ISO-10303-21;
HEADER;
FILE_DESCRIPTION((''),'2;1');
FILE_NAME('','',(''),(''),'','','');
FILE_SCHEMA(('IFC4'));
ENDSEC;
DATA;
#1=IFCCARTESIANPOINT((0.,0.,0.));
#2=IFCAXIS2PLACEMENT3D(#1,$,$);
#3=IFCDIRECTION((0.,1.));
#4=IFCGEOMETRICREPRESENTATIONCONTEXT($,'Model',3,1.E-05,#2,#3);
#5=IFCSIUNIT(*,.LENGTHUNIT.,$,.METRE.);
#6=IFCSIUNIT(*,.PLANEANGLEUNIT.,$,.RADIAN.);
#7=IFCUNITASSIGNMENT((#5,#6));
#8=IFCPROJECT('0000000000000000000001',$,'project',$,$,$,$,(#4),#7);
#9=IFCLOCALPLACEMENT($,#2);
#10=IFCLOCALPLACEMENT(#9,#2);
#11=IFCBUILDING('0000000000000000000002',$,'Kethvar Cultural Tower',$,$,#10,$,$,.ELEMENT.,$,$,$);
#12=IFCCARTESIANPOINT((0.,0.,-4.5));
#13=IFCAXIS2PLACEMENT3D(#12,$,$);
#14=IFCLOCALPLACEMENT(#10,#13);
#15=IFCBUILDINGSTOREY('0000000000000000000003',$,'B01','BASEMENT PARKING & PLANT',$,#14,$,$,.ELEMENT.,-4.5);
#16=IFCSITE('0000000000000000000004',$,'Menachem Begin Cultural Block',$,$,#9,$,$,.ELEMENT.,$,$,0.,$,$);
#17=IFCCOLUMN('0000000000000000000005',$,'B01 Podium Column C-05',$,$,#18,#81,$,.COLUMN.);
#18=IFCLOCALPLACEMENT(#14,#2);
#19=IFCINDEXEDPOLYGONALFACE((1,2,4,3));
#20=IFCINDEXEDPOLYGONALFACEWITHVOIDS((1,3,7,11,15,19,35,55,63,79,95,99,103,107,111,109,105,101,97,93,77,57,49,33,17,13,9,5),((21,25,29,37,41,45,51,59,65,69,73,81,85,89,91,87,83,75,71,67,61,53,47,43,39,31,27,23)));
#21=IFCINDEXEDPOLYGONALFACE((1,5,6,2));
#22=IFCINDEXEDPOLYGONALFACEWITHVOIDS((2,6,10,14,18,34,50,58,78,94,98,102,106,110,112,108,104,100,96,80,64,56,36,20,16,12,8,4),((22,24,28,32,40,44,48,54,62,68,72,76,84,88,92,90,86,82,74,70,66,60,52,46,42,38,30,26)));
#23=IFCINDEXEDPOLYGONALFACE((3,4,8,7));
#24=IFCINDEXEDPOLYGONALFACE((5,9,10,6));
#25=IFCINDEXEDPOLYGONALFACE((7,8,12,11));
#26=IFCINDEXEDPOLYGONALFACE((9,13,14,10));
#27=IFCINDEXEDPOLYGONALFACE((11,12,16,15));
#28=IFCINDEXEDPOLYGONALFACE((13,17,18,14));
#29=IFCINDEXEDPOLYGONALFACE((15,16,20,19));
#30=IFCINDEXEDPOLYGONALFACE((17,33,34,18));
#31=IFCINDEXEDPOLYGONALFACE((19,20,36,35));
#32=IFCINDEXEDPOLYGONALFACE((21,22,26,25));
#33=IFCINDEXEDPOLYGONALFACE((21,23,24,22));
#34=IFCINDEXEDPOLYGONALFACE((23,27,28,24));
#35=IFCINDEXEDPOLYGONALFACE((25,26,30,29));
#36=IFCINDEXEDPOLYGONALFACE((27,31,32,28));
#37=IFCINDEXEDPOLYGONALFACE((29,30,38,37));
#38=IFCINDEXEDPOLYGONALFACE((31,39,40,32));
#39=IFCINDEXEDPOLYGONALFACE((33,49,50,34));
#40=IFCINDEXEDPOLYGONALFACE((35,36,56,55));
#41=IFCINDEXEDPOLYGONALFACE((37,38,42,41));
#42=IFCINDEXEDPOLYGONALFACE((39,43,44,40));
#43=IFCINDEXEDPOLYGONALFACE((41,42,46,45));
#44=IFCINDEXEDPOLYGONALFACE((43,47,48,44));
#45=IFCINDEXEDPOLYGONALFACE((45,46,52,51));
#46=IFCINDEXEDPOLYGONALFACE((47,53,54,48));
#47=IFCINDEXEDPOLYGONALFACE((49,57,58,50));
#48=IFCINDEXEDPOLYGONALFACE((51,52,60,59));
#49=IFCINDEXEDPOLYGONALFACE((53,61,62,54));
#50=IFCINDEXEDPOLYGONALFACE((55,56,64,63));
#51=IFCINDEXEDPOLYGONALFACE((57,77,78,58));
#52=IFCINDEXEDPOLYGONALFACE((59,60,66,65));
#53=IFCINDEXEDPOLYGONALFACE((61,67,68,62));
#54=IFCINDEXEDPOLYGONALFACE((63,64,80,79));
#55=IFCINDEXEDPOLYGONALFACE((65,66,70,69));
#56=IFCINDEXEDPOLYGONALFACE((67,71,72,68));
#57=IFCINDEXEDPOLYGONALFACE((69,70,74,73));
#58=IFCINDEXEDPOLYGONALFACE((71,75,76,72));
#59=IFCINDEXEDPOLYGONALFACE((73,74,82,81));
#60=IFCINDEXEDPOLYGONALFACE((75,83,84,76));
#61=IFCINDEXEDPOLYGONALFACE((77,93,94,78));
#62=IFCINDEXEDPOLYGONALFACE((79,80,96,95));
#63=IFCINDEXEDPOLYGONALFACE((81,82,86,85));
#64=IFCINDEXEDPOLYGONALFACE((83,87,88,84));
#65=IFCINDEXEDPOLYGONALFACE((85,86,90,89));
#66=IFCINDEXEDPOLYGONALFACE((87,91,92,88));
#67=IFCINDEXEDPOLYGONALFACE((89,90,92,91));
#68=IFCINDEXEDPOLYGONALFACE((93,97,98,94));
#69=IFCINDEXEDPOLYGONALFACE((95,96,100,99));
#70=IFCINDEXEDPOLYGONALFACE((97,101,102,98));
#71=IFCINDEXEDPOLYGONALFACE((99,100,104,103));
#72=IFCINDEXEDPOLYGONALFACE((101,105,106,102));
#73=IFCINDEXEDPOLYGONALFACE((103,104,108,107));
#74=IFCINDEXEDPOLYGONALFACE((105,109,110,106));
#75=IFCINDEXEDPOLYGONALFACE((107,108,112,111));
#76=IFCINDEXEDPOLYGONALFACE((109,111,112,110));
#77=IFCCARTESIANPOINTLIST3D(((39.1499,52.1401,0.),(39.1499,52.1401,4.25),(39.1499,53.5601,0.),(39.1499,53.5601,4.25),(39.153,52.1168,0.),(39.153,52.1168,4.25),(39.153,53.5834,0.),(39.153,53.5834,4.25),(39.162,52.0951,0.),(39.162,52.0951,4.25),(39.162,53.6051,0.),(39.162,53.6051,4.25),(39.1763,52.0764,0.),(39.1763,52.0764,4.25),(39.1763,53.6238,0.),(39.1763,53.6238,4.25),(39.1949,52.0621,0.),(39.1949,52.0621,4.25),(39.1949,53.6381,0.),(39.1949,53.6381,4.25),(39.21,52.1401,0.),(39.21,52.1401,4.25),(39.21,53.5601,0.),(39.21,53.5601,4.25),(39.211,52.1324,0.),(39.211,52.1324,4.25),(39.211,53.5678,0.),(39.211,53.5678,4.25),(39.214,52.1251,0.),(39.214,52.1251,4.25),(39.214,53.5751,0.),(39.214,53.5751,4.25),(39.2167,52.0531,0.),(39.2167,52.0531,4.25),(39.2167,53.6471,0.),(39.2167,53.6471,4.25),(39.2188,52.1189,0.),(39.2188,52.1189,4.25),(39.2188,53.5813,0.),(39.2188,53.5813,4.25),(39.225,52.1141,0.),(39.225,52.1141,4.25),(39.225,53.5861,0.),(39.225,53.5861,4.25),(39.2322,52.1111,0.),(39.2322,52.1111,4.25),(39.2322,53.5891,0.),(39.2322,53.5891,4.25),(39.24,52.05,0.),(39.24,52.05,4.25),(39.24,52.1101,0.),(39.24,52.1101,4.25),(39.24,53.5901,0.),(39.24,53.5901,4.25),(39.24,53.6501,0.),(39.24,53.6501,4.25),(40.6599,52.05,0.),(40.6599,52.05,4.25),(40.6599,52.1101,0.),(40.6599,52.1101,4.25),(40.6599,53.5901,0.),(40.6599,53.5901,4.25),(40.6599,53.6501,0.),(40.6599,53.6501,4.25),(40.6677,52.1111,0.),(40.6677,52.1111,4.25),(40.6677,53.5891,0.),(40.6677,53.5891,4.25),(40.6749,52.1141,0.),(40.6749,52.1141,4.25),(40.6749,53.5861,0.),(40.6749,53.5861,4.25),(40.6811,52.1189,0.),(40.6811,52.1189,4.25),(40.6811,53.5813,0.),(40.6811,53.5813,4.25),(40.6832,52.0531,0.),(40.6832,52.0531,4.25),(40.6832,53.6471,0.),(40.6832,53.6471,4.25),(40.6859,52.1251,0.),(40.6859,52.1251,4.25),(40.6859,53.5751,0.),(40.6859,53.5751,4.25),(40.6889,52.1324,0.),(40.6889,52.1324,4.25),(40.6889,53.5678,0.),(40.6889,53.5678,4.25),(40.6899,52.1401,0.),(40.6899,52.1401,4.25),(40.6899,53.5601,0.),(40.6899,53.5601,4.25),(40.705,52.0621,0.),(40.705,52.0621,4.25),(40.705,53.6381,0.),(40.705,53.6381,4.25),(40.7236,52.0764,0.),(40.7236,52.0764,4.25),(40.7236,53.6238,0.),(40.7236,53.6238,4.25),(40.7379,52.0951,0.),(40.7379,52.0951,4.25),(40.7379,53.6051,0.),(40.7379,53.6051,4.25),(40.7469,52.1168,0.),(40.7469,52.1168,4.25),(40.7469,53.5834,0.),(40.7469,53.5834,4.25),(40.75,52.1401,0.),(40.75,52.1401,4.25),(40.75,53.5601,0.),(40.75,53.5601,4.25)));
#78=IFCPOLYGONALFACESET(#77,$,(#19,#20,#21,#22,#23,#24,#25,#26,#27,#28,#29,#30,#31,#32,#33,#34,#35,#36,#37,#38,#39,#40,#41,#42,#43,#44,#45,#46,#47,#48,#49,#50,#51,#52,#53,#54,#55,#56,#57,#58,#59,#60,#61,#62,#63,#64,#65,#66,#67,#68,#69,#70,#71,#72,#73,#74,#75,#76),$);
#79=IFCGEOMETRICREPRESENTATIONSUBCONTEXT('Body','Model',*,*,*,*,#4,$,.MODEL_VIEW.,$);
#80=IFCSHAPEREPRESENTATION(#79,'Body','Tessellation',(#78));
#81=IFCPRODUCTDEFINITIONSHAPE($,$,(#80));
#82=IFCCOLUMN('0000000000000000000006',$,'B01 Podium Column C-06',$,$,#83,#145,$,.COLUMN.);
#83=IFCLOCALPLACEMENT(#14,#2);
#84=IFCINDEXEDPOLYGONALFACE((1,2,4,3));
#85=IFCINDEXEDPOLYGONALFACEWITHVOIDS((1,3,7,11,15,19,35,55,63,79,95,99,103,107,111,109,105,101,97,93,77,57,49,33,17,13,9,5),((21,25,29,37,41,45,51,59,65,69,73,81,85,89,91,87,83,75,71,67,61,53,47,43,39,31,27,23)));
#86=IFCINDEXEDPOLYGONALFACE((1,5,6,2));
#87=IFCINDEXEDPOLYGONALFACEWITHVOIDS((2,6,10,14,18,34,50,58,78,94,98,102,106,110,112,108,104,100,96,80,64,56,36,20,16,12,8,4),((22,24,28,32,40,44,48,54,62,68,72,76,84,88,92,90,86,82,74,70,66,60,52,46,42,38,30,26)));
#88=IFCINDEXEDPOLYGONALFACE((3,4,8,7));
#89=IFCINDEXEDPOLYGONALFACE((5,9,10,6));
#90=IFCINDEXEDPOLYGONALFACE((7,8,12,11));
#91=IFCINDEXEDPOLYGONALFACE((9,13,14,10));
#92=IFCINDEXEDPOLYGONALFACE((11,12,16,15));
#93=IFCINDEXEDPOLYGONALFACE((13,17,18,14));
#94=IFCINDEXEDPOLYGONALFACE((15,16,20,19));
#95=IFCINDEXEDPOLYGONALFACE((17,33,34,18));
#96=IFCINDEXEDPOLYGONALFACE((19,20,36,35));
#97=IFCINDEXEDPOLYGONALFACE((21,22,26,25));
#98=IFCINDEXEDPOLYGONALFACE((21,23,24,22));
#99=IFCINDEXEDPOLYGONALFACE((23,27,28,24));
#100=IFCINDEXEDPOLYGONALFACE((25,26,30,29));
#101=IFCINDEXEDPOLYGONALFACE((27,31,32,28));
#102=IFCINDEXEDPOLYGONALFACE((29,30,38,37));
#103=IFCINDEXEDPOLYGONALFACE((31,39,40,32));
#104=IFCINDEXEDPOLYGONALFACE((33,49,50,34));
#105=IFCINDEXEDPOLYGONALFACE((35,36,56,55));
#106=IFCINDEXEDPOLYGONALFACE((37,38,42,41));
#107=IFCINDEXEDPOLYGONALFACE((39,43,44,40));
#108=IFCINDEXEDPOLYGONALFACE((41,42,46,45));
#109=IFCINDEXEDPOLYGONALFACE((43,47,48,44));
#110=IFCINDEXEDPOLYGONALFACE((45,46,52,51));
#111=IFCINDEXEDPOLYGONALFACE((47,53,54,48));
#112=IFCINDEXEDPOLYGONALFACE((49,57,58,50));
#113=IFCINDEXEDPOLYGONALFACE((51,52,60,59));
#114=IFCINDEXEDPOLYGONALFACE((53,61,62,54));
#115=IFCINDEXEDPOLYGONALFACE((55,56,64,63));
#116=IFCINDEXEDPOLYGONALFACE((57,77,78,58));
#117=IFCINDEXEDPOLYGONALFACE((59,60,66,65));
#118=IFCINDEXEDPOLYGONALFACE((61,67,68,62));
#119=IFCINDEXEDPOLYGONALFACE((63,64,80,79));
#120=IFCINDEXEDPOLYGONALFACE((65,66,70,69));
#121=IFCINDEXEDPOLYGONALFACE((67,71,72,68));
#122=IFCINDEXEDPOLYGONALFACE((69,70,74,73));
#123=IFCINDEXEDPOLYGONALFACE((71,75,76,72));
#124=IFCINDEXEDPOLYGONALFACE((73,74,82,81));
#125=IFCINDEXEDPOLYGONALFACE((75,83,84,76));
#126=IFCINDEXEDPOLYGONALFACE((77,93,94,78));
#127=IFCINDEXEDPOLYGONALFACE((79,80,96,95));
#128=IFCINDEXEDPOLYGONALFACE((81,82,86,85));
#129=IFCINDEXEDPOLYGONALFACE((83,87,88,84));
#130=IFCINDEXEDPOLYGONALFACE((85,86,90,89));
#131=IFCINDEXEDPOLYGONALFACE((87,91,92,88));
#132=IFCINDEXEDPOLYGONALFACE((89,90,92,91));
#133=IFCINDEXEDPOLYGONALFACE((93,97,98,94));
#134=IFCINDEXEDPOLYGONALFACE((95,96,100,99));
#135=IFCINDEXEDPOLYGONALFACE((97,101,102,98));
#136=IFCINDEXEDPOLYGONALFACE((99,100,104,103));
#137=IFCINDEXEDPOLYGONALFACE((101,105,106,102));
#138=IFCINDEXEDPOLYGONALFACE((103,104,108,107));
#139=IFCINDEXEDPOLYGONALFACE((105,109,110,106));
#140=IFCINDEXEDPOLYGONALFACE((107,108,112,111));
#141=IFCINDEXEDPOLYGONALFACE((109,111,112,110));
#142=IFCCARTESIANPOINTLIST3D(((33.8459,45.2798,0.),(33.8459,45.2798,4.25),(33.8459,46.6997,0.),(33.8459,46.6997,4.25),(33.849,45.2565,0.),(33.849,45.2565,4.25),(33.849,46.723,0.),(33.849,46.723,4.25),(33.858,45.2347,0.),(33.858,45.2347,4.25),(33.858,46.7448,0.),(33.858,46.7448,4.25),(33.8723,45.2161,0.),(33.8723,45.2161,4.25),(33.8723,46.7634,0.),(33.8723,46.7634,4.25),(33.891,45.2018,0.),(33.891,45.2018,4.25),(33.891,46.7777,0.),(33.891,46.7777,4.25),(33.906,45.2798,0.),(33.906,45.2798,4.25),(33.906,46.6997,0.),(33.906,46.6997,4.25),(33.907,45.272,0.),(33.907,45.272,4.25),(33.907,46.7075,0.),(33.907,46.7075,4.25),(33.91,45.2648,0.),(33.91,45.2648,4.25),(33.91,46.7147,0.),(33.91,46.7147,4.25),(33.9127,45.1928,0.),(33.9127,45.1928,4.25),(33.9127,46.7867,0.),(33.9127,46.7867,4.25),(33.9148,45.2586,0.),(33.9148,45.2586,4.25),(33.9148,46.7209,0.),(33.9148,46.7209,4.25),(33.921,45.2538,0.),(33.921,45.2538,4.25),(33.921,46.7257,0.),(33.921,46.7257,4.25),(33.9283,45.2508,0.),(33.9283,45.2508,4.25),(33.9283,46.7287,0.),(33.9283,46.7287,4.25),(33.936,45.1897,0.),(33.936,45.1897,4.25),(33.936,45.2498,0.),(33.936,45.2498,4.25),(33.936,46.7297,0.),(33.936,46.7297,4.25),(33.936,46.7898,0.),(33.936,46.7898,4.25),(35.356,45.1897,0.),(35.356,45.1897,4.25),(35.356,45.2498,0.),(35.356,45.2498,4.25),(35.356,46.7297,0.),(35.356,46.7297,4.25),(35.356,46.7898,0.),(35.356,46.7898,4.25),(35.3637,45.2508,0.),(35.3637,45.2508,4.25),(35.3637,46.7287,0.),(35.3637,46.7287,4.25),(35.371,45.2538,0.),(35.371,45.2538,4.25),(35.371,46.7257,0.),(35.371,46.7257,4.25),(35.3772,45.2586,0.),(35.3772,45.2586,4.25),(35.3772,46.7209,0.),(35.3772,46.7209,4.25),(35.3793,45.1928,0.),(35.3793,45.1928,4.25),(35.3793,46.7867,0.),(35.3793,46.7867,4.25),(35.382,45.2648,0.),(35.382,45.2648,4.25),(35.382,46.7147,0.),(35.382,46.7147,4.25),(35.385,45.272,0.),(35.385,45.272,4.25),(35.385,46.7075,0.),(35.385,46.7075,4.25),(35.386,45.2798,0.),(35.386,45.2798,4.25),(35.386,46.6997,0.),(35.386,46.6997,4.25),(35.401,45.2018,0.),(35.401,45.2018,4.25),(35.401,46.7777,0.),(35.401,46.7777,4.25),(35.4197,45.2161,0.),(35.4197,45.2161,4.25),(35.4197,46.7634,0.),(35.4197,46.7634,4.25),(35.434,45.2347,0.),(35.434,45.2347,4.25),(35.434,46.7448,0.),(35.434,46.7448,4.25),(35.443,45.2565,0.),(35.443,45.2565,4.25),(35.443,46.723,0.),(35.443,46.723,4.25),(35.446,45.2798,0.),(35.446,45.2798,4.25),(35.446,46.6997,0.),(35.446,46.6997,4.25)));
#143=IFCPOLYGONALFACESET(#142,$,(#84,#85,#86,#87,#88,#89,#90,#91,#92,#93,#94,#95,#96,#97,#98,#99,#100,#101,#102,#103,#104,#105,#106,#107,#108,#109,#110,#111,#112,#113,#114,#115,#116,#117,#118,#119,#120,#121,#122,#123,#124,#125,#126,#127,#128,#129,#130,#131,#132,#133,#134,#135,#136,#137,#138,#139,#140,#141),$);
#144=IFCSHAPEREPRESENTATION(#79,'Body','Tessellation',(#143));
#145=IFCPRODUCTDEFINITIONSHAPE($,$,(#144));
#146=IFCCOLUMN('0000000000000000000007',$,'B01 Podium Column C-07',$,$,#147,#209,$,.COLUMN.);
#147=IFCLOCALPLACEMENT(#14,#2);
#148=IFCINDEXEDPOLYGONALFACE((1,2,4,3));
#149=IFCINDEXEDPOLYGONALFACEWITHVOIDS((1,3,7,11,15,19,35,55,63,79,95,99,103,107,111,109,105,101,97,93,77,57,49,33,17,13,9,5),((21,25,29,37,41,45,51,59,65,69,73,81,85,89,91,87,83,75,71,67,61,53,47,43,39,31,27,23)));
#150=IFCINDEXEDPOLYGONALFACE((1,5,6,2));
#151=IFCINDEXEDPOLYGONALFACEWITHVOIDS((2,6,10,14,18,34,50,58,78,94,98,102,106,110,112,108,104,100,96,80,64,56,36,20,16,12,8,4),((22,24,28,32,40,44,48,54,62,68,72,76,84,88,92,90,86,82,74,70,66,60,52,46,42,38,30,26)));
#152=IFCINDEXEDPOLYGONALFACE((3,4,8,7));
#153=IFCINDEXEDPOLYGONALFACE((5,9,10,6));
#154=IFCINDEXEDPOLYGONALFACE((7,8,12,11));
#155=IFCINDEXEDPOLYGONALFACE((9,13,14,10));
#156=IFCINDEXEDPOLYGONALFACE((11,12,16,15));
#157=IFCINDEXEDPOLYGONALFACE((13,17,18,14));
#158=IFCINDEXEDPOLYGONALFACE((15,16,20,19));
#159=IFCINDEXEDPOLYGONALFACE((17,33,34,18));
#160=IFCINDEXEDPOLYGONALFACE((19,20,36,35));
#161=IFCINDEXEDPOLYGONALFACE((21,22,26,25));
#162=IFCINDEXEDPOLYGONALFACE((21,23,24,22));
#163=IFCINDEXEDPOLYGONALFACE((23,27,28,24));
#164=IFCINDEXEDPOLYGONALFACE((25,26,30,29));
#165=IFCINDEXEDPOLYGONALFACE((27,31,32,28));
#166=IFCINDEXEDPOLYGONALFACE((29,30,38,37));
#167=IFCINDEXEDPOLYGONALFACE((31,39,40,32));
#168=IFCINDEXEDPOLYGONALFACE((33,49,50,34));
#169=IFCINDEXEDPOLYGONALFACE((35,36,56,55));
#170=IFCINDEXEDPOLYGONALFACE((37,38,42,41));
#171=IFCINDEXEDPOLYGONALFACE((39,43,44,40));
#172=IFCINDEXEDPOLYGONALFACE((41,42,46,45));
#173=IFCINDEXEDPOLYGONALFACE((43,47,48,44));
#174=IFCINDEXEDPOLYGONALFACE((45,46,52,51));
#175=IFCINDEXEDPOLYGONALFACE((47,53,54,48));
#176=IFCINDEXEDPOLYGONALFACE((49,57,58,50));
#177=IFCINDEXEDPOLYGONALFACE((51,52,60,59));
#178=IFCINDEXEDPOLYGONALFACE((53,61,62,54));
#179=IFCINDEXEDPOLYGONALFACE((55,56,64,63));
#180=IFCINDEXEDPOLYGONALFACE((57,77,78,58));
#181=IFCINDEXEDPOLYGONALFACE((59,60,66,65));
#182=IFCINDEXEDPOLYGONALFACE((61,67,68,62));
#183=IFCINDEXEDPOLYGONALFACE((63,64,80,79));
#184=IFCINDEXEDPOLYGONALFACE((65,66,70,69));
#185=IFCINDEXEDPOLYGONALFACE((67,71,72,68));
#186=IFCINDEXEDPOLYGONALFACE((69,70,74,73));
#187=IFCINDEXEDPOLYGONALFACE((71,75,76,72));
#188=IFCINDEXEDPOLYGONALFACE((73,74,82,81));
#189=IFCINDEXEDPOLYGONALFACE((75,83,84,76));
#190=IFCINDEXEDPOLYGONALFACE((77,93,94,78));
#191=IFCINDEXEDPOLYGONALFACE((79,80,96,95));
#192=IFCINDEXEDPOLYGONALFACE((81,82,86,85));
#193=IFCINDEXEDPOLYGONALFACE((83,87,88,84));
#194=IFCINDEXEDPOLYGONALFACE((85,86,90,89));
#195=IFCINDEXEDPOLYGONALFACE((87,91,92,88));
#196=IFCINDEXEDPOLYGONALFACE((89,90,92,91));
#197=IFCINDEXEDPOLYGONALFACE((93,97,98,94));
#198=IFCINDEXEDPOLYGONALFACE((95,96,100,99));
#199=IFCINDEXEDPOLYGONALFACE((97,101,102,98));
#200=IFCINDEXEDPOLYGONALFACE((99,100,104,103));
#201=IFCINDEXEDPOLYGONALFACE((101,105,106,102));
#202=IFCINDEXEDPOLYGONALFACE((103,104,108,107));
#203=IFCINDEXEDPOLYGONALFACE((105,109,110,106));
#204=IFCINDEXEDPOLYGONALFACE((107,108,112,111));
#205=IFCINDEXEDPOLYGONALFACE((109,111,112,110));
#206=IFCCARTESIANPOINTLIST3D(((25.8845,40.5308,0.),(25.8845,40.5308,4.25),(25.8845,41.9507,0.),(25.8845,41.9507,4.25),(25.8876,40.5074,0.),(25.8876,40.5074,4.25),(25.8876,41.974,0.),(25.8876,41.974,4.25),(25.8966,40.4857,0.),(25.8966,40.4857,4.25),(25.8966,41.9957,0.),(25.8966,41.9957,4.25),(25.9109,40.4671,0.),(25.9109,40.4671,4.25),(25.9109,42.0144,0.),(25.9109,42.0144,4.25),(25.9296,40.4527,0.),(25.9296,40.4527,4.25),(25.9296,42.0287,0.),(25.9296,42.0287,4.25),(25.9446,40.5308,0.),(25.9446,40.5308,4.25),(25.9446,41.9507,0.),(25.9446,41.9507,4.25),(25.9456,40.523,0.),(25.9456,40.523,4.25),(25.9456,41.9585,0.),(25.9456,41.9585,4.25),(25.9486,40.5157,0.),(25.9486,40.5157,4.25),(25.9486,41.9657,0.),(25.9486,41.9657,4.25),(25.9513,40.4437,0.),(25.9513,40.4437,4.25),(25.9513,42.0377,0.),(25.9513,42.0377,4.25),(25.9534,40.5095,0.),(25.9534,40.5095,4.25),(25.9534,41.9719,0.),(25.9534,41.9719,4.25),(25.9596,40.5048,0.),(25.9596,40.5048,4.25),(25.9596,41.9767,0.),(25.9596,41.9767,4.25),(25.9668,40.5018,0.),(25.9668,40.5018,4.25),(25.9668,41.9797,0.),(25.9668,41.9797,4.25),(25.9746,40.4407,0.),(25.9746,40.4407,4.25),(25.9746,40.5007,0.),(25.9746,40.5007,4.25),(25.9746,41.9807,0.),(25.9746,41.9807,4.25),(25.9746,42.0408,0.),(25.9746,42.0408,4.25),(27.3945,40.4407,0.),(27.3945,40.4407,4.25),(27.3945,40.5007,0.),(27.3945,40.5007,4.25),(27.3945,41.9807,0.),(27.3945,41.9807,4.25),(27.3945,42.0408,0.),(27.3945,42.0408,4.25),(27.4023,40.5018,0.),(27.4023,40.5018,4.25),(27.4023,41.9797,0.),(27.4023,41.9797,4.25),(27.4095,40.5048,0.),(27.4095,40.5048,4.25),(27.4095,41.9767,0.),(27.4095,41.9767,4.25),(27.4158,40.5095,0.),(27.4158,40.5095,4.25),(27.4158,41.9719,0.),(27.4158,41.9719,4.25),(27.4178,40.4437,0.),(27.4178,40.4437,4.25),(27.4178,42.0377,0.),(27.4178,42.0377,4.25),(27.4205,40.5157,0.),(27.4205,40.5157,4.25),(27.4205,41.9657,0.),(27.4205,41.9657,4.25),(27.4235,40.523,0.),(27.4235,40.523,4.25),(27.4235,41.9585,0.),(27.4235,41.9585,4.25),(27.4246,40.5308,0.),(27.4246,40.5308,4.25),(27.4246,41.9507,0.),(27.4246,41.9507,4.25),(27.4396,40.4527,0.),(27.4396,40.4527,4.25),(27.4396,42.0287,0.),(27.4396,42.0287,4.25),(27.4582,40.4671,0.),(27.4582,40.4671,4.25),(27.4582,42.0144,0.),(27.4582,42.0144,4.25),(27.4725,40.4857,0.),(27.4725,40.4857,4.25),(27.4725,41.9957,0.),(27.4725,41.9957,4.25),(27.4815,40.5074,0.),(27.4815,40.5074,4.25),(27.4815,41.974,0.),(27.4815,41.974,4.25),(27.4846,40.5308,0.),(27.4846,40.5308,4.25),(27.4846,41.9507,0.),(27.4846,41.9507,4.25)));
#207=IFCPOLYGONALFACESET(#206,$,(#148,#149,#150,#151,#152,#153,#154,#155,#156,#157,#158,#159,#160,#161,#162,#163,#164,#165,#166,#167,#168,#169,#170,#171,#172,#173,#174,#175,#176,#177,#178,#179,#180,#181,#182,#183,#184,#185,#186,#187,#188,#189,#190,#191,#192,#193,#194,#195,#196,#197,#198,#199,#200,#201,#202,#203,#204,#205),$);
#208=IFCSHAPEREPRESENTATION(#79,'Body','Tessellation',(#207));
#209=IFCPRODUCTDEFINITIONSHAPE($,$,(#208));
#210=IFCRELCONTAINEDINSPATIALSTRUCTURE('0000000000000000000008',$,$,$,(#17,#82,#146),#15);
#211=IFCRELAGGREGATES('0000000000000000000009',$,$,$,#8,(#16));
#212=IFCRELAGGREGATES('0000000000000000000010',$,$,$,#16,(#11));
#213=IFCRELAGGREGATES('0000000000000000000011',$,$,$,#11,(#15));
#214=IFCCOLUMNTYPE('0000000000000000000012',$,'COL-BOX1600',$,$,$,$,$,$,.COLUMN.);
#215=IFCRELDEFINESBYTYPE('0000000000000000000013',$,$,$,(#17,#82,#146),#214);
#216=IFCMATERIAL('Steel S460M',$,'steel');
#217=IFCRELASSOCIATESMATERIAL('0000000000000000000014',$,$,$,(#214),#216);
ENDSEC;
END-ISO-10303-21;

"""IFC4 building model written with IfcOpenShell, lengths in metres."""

from ifc_helpers import new_model, si_unit, direction, frame, origin, origin_2d, place, context, subcontext, project, spatial, hollow_rectangle, extrude, source, transform, mapped, material, material_profile, profile_set, type_object, element, save


model = new_model("IFC4")

# Units and contexts
model_context = context("Model", 3, precision=1e-05, world=origin(), true_north=direction((0.0, 1.0)))
body_context = subcontext(model_context, "Body", "Model", "MODEL_VIEW")
ifc_project = project(units=[si_unit("LENGTHUNIT", "METRE"), si_unit("PLANEANGLEUNIT", "RADIAN")], contexts=[model_context])

# Site, building, storey
site_placement = place(None, origin())
site = spatial("IfcSite", under=ifc_project, at=site_placement, Name="Menachem Begin Cultural Block", CompositionType="ELEMENT", RefElevation=0.0)
building_placement = place(site_placement, origin())
building = spatial("IfcBuilding", under=site, at=building_placement, Name="Kethvar Cultural Tower", CompositionType="ELEMENT")
storey_placement = place(building_placement, frame((0.0, 0.0, -4.5)))
storey = spatial("IfcBuildingStorey", under=building, at=storey_placement, Name="B01", Description="BASEMENT PARKING & PLANT", CompositionType="ELEMENT", Elevation=-4.5)

# Columns
ifc_material_1 = material(Name="Steel S460M", Category="steel")
ifc_material_profile_1 = material_profile(ifc_material_1, hollow_rectangle(XDim=1.6001, YDim=1.6001, WallThickness=0.0601, InnerFilletRadius=0.03, OuterFilletRadius=0.0901, at=origin_2d()), Name="Steel S460M — BOX1600x1600x60")
ifc_profile_set_1 = profile_set([ifc_material_profile_1], Name="Steel S460M — BOX1600x1600x60")
column_type = type_object("IfcColumnType", Name="COL-BOX1600", PredefinedType="COLUMN", material=ifc_profile_set_1)
shared_shape_1 = source(origin(), body_context, "Body", "SweptSolid", [
    extrude(hollow_rectangle(XDim=1.6001, YDim=1.6001, WallThickness=0.0601, InnerFilletRadius=0.03, OuterFilletRadius=0.0901, at=origin_2d()), origin(), (0.0, 0.0, 1.0), 4.25),
])
for number, where, z_axis, x_axis, name in (
    (1, (39.95, 52.8501, 0.0), (0.0, 0.0, 1.0), (1.0, 0.0, 0.0), "B01 Podium Column C-05"),
    (2, (34.646, 45.9897, 0.0), (0.0, 0.0, 1.0), (1.0, 0.0, 0.0), "B01 Podium Column C-06"),
    (3, (26.6846, 41.2407, 0.0), (0.0, 0.0, 1.0), (1.0, 0.0, 0.0), "B01 Podium Column C-07"),
):
    element("IfcColumn", number, at=place(storey_placement, frame(where, z_axis=z_axis, x_axis=x_axis)), inside=storey, type_object=column_type, Name=name, PredefinedType="COLUMN", context=body_context, shape_type="MappedRepresentation", body=[
        mapped(shared_shape_1, transform((0.0, 0.0, 0.0), scale=1.0)),
    ])

save(model, "model.ifc")
